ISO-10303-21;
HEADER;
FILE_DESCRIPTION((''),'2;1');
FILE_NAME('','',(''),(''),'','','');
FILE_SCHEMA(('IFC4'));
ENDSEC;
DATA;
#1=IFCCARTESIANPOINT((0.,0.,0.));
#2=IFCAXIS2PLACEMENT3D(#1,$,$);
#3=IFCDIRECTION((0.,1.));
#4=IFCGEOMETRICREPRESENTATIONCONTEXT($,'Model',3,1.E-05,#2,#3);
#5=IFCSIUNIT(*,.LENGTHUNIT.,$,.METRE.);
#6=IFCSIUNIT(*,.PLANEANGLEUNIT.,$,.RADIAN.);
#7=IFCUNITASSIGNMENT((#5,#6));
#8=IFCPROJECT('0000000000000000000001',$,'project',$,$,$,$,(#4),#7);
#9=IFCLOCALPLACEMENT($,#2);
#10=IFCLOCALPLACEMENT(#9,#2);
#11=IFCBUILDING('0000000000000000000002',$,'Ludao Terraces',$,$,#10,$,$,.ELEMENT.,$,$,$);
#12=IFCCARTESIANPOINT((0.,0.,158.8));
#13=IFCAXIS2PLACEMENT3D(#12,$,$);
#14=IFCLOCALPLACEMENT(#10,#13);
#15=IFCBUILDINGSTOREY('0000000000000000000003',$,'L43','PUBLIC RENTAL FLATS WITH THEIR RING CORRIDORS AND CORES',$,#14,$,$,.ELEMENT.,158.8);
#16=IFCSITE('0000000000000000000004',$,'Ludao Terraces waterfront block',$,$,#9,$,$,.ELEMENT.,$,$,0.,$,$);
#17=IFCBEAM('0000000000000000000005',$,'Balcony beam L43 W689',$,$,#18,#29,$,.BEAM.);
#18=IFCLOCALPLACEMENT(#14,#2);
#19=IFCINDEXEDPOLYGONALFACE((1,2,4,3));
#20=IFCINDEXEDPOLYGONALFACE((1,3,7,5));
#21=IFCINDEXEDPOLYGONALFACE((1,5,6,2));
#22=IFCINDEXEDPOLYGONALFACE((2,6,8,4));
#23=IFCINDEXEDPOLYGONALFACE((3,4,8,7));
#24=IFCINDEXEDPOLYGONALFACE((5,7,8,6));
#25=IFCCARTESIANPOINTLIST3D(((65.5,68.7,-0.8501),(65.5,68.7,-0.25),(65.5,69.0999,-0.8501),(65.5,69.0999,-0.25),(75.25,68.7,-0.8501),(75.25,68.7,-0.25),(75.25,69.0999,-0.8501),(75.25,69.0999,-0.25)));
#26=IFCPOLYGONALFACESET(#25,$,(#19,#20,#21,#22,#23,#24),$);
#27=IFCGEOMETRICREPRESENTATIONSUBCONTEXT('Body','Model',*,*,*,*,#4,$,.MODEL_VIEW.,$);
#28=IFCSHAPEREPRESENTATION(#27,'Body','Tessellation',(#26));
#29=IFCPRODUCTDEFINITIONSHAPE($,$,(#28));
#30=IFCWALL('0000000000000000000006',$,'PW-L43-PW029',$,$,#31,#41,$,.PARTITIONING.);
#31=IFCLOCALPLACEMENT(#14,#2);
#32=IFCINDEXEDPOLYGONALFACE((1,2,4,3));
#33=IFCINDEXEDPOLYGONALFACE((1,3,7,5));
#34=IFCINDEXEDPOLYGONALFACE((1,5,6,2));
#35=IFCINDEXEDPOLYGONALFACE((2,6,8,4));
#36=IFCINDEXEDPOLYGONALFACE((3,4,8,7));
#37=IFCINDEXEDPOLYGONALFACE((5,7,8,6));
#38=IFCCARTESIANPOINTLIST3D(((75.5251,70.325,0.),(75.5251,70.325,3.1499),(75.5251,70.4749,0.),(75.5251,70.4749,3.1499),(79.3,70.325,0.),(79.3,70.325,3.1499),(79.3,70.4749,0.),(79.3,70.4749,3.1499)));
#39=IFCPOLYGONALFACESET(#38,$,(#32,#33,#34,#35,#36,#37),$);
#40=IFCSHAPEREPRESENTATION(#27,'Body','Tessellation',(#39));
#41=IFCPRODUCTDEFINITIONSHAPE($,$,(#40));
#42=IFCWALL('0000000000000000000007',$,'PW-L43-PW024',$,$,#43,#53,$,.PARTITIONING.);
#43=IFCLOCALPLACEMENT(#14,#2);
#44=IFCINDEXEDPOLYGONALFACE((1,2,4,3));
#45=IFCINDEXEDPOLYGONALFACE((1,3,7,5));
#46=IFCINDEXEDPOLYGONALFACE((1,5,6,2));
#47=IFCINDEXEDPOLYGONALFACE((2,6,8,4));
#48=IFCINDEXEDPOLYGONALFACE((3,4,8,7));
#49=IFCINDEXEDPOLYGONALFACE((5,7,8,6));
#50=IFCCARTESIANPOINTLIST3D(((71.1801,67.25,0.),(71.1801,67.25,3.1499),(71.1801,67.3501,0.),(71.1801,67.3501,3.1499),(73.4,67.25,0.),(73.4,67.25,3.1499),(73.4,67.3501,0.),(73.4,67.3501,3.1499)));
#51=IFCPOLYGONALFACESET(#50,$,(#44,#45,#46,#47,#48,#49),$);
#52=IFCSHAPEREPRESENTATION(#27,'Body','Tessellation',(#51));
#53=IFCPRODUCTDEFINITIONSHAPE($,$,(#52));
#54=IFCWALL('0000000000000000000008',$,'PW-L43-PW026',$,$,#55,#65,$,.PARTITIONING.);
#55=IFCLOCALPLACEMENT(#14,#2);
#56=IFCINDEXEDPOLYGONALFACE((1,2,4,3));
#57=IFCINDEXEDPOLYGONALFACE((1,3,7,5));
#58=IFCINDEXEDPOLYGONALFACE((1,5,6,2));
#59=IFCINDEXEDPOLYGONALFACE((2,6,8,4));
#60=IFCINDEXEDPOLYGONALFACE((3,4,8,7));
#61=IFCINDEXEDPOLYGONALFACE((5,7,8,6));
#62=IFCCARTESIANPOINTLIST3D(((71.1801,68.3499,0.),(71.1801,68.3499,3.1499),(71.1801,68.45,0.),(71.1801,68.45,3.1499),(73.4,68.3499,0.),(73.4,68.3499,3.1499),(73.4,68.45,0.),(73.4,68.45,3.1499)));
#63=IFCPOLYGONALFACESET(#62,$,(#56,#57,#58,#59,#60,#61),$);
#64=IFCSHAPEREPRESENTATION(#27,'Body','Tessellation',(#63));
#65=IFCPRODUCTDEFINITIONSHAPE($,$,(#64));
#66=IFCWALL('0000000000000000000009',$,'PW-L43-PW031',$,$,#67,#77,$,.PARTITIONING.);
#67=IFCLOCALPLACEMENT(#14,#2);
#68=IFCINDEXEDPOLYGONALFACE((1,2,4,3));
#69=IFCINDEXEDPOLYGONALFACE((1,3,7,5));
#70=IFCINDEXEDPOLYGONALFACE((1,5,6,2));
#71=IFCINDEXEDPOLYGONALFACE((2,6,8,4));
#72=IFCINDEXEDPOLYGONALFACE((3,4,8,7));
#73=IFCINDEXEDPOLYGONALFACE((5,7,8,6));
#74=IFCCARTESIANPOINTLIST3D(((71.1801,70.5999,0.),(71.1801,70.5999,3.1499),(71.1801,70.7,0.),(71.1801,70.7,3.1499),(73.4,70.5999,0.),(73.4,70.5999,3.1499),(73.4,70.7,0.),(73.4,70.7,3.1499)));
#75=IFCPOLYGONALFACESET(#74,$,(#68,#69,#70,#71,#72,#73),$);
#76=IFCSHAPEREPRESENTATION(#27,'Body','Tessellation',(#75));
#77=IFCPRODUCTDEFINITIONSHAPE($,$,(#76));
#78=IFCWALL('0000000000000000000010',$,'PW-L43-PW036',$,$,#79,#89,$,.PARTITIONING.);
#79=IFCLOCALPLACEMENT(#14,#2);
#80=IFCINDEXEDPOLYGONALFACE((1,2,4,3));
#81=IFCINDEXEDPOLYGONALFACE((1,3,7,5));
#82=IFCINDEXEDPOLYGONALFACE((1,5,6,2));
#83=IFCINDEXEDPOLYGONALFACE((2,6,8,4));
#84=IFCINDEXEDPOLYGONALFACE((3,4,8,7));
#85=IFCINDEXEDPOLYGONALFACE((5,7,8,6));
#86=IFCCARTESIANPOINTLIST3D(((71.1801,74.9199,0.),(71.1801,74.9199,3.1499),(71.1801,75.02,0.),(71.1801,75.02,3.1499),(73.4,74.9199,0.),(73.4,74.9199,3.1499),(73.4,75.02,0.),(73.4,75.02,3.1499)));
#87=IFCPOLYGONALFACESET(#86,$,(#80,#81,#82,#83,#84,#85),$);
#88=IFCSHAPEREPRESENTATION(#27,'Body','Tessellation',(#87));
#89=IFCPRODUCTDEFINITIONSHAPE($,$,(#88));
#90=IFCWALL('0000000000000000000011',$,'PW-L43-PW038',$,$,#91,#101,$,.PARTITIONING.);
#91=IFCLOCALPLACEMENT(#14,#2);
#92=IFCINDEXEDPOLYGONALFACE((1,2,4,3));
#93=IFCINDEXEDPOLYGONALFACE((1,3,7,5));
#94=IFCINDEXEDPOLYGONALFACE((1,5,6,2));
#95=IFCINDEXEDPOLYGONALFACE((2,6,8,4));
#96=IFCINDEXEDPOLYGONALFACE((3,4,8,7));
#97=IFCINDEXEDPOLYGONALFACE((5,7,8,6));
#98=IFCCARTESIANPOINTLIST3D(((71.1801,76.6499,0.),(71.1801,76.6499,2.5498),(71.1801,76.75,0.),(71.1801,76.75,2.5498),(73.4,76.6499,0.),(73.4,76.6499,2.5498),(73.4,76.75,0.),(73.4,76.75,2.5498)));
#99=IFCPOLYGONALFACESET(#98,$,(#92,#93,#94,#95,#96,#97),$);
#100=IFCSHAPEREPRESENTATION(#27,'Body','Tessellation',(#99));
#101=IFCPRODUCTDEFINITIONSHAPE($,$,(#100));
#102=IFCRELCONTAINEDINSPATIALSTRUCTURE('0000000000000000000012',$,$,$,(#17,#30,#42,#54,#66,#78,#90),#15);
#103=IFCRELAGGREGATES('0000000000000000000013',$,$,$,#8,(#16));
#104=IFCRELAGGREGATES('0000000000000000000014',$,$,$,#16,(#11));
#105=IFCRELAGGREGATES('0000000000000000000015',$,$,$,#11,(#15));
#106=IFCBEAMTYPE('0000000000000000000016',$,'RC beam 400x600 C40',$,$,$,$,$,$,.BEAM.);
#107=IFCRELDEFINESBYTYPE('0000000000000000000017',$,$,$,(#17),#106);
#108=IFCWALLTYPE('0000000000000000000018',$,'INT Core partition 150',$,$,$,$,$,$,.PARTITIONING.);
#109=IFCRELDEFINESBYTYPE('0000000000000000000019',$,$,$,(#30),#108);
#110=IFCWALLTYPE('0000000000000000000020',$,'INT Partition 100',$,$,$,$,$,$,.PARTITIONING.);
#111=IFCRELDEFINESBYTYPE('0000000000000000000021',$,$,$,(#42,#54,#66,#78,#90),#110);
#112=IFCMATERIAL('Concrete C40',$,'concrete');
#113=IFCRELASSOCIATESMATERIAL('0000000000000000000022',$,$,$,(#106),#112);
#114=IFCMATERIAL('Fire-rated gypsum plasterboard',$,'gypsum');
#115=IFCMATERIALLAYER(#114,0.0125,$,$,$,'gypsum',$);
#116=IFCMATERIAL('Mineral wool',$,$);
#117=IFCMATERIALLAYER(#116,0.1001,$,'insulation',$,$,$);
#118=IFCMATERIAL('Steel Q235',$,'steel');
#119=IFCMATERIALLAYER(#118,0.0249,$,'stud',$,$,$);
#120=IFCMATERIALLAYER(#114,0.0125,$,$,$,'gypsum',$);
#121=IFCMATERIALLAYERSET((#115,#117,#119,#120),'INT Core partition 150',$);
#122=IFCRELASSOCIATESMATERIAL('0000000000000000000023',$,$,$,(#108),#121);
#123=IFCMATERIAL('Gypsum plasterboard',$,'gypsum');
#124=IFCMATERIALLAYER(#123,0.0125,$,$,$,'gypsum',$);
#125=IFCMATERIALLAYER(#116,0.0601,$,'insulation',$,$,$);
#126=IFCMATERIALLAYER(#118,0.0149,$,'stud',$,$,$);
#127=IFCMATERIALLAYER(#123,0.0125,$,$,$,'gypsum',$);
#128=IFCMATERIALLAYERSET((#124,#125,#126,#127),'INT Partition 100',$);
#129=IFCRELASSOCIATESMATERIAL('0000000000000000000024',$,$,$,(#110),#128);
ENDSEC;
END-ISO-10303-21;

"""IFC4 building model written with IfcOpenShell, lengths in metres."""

from ifc_helpers import new_model, si_unit, direction, frame, frame_2d, origin, origin_2d, place, context, subcontext, project, spatial, rectangle, extrude, material, layer, layer_set, material_profile, profile_set, type_object, element, save


model = new_model("IFC4")

# Units and contexts
model_context = context("Model", 3, precision=1e-05, world=origin(), true_north=direction((0.0, 1.0)))
body_context = subcontext(model_context, "Body", "Model", "MODEL_VIEW")
ifc_project = project(units=[si_unit("LENGTHUNIT", "METRE"), si_unit("PLANEANGLEUNIT", "RADIAN")], contexts=[model_context])

# Site, building, storey
site_placement = place(None, origin())
site = spatial("IfcSite", under=ifc_project, at=site_placement, Name="Ludao Terraces waterfront block", CompositionType="ELEMENT", RefElevation=0.0)
building_placement = place(site_placement, origin())
building = spatial("IfcBuilding", under=site, at=building_placement, Name="Ludao Terraces", CompositionType="ELEMENT")
storey_placement = place(building_placement, frame((0.0, 0.0, 158.8)))
storey = spatial("IfcBuildingStorey", under=building, at=storey_placement, Name="L43", Description="PUBLIC RENTAL FLATS WITH THEIR RING CORRIDORS AND CORES", CompositionType="ELEMENT", Elevation=158.8)

# Beam
ifc_material_1 = material(Name="Concrete C40", Category="concrete")
ifc_material_profile = material_profile(ifc_material_1, rectangle(XDim=0.3999, YDim=0.6001, at=origin_2d()), Name="400 X 600")
ifc_profile_set = profile_set([ifc_material_profile], Name="Concrete C40")
beam_type = type_object("IfcBeamType", Name="RC beam 400x600 C40", PredefinedType="BEAM", material=ifc_profile_set)
beam_placement = place(storey_placement, frame((75.25, 68.8999, -0.55), z_axis=(-1.0, 0.0, 0.0), x_axis=(0.0, -1.0, 0.0)))
element("IfcBeam", 1, at=beam_placement, inside=storey, type_object=beam_type, Name="Balcony beam L43 W689", PredefinedType="BEAM", context=body_context, shape_type="SweptSolid", body=[
    extrude(rectangle(XDim=0.3999, YDim=0.6001, at=origin_2d()), origin(), (0.0, 0.0, 1.0), 9.75),
])

# Walls
ifc_material_2 = material(Name="Fire-rated gypsum plasterboard", Category="gypsum")
ifc_layer_1 = layer(ifc_material_2, 0.0125, Category="gypsum")
ifc_material_3 = material(Name="Mineral wool")
ifc_layer_2 = layer(ifc_material_3, 0.1001, Name="insulation")
ifc_material_4 = material(Name="Steel Q235", Category="steel")
ifc_layer_3 = layer(ifc_material_4, 0.0249, Name="stud")
ifc_layer_4 = layer(ifc_material_2, 0.0125, Category="gypsum")
ifc_layer_set_1 = layer_set([ifc_layer_1, ifc_layer_2, ifc_layer_3, ifc_layer_4], Name="INT Core partition 150")
wall_type_1 = type_object("IfcWallType", Name="INT Core partition 150", PredefinedType="PARTITIONING", material=ifc_layer_set_1)
wall_1_placement = place(storey_placement, frame((75.5251, 70.3999, 0.0), z_axis=(0.0, 0.0, 1.0), x_axis=(1.0, 0.0, 0.0)))
element("IfcWall", 2, at=wall_1_placement, inside=storey, type_object=wall_type_1, Name="PW-L43-PW029", PredefinedType="PARTITIONING", context=body_context, shape_type="SweptSolid", body=[
    extrude(rectangle(XDim=3.7749, YDim=0.1499, at=frame_2d((1.8875, 0.0))), origin(), (0.0, 0.0, 1.0), 3.1499),
])
ifc_material_5 = material(Name="Gypsum plasterboard", Category="gypsum")
ifc_layer_5 = layer(ifc_material_5, 0.0125, Category="gypsum")
ifc_layer_6 = layer(ifc_material_3, 0.0601, Name="insulation")
ifc_layer_7 = layer(ifc_material_4, 0.0149, Name="stud")
ifc_layer_8 = layer(ifc_material_5, 0.0125, Category="gypsum")
ifc_layer_set_2 = layer_set([ifc_layer_5, ifc_layer_6, ifc_layer_7, ifc_layer_8], Name="INT Partition 100")
wall_type_2 = type_object("IfcWallType", Name="INT Partition 100", PredefinedType="PARTITIONING", material=ifc_layer_set_2)
for number, where, z_axis, x_axis, name in (
    (3, (71.1802, 67.3, 0.0), (0.0, 0.0, 1.0), (1.0, 0.0, 0.0), "PW-L43-PW024"),
    (4, (71.1802, 68.3999, 0.0), (0.0, 0.0, 1.0), (1.0, 0.0, 0.0), "PW-L43-PW026"),
    (5, (71.1802, 70.6499, 0.0), (0.0, 0.0, 1.0), (1.0, 0.0, 0.0), "PW-L43-PW031"),
    (6, (71.1802, 74.97, 0.0), (0.0, 0.0, 1.0), (1.0, 0.0, 0.0), "PW-L43-PW036"),
):
    element("IfcWall", number, at=place(storey_placement, frame(where, z_axis=z_axis, x_axis=x_axis)), inside=storey, type_object=wall_type_2, Name=name, PredefinedType="PARTITIONING", context=body_context, shape_type="SweptSolid", body=[
        extrude(rectangle(XDim=2.22, YDim=0.1001, at=frame_2d((1.1099, 0.0))), origin(), (0.0, 0.0, 1.0), 3.1499),
    ])
wall_2_placement = place(storey_placement, frame((71.1802, 76.7, 0.0), z_axis=(0.0, 0.0, 1.0), x_axis=(1.0, 0.0, 0.0)))
element("IfcWall", 7, at=wall_2_placement, inside=storey, type_object=wall_type_2, Name="PW-L43-PW038", PredefinedType="PARTITIONING", context=body_context, shape_type="SweptSolid", body=[
    extrude(rectangle(XDim=2.22, YDim=0.1001, at=frame_2d((1.1099, 0.0))), origin(), (0.0, 0.0, 1.0), 2.5498),
])

save(model, "model.ifc")
